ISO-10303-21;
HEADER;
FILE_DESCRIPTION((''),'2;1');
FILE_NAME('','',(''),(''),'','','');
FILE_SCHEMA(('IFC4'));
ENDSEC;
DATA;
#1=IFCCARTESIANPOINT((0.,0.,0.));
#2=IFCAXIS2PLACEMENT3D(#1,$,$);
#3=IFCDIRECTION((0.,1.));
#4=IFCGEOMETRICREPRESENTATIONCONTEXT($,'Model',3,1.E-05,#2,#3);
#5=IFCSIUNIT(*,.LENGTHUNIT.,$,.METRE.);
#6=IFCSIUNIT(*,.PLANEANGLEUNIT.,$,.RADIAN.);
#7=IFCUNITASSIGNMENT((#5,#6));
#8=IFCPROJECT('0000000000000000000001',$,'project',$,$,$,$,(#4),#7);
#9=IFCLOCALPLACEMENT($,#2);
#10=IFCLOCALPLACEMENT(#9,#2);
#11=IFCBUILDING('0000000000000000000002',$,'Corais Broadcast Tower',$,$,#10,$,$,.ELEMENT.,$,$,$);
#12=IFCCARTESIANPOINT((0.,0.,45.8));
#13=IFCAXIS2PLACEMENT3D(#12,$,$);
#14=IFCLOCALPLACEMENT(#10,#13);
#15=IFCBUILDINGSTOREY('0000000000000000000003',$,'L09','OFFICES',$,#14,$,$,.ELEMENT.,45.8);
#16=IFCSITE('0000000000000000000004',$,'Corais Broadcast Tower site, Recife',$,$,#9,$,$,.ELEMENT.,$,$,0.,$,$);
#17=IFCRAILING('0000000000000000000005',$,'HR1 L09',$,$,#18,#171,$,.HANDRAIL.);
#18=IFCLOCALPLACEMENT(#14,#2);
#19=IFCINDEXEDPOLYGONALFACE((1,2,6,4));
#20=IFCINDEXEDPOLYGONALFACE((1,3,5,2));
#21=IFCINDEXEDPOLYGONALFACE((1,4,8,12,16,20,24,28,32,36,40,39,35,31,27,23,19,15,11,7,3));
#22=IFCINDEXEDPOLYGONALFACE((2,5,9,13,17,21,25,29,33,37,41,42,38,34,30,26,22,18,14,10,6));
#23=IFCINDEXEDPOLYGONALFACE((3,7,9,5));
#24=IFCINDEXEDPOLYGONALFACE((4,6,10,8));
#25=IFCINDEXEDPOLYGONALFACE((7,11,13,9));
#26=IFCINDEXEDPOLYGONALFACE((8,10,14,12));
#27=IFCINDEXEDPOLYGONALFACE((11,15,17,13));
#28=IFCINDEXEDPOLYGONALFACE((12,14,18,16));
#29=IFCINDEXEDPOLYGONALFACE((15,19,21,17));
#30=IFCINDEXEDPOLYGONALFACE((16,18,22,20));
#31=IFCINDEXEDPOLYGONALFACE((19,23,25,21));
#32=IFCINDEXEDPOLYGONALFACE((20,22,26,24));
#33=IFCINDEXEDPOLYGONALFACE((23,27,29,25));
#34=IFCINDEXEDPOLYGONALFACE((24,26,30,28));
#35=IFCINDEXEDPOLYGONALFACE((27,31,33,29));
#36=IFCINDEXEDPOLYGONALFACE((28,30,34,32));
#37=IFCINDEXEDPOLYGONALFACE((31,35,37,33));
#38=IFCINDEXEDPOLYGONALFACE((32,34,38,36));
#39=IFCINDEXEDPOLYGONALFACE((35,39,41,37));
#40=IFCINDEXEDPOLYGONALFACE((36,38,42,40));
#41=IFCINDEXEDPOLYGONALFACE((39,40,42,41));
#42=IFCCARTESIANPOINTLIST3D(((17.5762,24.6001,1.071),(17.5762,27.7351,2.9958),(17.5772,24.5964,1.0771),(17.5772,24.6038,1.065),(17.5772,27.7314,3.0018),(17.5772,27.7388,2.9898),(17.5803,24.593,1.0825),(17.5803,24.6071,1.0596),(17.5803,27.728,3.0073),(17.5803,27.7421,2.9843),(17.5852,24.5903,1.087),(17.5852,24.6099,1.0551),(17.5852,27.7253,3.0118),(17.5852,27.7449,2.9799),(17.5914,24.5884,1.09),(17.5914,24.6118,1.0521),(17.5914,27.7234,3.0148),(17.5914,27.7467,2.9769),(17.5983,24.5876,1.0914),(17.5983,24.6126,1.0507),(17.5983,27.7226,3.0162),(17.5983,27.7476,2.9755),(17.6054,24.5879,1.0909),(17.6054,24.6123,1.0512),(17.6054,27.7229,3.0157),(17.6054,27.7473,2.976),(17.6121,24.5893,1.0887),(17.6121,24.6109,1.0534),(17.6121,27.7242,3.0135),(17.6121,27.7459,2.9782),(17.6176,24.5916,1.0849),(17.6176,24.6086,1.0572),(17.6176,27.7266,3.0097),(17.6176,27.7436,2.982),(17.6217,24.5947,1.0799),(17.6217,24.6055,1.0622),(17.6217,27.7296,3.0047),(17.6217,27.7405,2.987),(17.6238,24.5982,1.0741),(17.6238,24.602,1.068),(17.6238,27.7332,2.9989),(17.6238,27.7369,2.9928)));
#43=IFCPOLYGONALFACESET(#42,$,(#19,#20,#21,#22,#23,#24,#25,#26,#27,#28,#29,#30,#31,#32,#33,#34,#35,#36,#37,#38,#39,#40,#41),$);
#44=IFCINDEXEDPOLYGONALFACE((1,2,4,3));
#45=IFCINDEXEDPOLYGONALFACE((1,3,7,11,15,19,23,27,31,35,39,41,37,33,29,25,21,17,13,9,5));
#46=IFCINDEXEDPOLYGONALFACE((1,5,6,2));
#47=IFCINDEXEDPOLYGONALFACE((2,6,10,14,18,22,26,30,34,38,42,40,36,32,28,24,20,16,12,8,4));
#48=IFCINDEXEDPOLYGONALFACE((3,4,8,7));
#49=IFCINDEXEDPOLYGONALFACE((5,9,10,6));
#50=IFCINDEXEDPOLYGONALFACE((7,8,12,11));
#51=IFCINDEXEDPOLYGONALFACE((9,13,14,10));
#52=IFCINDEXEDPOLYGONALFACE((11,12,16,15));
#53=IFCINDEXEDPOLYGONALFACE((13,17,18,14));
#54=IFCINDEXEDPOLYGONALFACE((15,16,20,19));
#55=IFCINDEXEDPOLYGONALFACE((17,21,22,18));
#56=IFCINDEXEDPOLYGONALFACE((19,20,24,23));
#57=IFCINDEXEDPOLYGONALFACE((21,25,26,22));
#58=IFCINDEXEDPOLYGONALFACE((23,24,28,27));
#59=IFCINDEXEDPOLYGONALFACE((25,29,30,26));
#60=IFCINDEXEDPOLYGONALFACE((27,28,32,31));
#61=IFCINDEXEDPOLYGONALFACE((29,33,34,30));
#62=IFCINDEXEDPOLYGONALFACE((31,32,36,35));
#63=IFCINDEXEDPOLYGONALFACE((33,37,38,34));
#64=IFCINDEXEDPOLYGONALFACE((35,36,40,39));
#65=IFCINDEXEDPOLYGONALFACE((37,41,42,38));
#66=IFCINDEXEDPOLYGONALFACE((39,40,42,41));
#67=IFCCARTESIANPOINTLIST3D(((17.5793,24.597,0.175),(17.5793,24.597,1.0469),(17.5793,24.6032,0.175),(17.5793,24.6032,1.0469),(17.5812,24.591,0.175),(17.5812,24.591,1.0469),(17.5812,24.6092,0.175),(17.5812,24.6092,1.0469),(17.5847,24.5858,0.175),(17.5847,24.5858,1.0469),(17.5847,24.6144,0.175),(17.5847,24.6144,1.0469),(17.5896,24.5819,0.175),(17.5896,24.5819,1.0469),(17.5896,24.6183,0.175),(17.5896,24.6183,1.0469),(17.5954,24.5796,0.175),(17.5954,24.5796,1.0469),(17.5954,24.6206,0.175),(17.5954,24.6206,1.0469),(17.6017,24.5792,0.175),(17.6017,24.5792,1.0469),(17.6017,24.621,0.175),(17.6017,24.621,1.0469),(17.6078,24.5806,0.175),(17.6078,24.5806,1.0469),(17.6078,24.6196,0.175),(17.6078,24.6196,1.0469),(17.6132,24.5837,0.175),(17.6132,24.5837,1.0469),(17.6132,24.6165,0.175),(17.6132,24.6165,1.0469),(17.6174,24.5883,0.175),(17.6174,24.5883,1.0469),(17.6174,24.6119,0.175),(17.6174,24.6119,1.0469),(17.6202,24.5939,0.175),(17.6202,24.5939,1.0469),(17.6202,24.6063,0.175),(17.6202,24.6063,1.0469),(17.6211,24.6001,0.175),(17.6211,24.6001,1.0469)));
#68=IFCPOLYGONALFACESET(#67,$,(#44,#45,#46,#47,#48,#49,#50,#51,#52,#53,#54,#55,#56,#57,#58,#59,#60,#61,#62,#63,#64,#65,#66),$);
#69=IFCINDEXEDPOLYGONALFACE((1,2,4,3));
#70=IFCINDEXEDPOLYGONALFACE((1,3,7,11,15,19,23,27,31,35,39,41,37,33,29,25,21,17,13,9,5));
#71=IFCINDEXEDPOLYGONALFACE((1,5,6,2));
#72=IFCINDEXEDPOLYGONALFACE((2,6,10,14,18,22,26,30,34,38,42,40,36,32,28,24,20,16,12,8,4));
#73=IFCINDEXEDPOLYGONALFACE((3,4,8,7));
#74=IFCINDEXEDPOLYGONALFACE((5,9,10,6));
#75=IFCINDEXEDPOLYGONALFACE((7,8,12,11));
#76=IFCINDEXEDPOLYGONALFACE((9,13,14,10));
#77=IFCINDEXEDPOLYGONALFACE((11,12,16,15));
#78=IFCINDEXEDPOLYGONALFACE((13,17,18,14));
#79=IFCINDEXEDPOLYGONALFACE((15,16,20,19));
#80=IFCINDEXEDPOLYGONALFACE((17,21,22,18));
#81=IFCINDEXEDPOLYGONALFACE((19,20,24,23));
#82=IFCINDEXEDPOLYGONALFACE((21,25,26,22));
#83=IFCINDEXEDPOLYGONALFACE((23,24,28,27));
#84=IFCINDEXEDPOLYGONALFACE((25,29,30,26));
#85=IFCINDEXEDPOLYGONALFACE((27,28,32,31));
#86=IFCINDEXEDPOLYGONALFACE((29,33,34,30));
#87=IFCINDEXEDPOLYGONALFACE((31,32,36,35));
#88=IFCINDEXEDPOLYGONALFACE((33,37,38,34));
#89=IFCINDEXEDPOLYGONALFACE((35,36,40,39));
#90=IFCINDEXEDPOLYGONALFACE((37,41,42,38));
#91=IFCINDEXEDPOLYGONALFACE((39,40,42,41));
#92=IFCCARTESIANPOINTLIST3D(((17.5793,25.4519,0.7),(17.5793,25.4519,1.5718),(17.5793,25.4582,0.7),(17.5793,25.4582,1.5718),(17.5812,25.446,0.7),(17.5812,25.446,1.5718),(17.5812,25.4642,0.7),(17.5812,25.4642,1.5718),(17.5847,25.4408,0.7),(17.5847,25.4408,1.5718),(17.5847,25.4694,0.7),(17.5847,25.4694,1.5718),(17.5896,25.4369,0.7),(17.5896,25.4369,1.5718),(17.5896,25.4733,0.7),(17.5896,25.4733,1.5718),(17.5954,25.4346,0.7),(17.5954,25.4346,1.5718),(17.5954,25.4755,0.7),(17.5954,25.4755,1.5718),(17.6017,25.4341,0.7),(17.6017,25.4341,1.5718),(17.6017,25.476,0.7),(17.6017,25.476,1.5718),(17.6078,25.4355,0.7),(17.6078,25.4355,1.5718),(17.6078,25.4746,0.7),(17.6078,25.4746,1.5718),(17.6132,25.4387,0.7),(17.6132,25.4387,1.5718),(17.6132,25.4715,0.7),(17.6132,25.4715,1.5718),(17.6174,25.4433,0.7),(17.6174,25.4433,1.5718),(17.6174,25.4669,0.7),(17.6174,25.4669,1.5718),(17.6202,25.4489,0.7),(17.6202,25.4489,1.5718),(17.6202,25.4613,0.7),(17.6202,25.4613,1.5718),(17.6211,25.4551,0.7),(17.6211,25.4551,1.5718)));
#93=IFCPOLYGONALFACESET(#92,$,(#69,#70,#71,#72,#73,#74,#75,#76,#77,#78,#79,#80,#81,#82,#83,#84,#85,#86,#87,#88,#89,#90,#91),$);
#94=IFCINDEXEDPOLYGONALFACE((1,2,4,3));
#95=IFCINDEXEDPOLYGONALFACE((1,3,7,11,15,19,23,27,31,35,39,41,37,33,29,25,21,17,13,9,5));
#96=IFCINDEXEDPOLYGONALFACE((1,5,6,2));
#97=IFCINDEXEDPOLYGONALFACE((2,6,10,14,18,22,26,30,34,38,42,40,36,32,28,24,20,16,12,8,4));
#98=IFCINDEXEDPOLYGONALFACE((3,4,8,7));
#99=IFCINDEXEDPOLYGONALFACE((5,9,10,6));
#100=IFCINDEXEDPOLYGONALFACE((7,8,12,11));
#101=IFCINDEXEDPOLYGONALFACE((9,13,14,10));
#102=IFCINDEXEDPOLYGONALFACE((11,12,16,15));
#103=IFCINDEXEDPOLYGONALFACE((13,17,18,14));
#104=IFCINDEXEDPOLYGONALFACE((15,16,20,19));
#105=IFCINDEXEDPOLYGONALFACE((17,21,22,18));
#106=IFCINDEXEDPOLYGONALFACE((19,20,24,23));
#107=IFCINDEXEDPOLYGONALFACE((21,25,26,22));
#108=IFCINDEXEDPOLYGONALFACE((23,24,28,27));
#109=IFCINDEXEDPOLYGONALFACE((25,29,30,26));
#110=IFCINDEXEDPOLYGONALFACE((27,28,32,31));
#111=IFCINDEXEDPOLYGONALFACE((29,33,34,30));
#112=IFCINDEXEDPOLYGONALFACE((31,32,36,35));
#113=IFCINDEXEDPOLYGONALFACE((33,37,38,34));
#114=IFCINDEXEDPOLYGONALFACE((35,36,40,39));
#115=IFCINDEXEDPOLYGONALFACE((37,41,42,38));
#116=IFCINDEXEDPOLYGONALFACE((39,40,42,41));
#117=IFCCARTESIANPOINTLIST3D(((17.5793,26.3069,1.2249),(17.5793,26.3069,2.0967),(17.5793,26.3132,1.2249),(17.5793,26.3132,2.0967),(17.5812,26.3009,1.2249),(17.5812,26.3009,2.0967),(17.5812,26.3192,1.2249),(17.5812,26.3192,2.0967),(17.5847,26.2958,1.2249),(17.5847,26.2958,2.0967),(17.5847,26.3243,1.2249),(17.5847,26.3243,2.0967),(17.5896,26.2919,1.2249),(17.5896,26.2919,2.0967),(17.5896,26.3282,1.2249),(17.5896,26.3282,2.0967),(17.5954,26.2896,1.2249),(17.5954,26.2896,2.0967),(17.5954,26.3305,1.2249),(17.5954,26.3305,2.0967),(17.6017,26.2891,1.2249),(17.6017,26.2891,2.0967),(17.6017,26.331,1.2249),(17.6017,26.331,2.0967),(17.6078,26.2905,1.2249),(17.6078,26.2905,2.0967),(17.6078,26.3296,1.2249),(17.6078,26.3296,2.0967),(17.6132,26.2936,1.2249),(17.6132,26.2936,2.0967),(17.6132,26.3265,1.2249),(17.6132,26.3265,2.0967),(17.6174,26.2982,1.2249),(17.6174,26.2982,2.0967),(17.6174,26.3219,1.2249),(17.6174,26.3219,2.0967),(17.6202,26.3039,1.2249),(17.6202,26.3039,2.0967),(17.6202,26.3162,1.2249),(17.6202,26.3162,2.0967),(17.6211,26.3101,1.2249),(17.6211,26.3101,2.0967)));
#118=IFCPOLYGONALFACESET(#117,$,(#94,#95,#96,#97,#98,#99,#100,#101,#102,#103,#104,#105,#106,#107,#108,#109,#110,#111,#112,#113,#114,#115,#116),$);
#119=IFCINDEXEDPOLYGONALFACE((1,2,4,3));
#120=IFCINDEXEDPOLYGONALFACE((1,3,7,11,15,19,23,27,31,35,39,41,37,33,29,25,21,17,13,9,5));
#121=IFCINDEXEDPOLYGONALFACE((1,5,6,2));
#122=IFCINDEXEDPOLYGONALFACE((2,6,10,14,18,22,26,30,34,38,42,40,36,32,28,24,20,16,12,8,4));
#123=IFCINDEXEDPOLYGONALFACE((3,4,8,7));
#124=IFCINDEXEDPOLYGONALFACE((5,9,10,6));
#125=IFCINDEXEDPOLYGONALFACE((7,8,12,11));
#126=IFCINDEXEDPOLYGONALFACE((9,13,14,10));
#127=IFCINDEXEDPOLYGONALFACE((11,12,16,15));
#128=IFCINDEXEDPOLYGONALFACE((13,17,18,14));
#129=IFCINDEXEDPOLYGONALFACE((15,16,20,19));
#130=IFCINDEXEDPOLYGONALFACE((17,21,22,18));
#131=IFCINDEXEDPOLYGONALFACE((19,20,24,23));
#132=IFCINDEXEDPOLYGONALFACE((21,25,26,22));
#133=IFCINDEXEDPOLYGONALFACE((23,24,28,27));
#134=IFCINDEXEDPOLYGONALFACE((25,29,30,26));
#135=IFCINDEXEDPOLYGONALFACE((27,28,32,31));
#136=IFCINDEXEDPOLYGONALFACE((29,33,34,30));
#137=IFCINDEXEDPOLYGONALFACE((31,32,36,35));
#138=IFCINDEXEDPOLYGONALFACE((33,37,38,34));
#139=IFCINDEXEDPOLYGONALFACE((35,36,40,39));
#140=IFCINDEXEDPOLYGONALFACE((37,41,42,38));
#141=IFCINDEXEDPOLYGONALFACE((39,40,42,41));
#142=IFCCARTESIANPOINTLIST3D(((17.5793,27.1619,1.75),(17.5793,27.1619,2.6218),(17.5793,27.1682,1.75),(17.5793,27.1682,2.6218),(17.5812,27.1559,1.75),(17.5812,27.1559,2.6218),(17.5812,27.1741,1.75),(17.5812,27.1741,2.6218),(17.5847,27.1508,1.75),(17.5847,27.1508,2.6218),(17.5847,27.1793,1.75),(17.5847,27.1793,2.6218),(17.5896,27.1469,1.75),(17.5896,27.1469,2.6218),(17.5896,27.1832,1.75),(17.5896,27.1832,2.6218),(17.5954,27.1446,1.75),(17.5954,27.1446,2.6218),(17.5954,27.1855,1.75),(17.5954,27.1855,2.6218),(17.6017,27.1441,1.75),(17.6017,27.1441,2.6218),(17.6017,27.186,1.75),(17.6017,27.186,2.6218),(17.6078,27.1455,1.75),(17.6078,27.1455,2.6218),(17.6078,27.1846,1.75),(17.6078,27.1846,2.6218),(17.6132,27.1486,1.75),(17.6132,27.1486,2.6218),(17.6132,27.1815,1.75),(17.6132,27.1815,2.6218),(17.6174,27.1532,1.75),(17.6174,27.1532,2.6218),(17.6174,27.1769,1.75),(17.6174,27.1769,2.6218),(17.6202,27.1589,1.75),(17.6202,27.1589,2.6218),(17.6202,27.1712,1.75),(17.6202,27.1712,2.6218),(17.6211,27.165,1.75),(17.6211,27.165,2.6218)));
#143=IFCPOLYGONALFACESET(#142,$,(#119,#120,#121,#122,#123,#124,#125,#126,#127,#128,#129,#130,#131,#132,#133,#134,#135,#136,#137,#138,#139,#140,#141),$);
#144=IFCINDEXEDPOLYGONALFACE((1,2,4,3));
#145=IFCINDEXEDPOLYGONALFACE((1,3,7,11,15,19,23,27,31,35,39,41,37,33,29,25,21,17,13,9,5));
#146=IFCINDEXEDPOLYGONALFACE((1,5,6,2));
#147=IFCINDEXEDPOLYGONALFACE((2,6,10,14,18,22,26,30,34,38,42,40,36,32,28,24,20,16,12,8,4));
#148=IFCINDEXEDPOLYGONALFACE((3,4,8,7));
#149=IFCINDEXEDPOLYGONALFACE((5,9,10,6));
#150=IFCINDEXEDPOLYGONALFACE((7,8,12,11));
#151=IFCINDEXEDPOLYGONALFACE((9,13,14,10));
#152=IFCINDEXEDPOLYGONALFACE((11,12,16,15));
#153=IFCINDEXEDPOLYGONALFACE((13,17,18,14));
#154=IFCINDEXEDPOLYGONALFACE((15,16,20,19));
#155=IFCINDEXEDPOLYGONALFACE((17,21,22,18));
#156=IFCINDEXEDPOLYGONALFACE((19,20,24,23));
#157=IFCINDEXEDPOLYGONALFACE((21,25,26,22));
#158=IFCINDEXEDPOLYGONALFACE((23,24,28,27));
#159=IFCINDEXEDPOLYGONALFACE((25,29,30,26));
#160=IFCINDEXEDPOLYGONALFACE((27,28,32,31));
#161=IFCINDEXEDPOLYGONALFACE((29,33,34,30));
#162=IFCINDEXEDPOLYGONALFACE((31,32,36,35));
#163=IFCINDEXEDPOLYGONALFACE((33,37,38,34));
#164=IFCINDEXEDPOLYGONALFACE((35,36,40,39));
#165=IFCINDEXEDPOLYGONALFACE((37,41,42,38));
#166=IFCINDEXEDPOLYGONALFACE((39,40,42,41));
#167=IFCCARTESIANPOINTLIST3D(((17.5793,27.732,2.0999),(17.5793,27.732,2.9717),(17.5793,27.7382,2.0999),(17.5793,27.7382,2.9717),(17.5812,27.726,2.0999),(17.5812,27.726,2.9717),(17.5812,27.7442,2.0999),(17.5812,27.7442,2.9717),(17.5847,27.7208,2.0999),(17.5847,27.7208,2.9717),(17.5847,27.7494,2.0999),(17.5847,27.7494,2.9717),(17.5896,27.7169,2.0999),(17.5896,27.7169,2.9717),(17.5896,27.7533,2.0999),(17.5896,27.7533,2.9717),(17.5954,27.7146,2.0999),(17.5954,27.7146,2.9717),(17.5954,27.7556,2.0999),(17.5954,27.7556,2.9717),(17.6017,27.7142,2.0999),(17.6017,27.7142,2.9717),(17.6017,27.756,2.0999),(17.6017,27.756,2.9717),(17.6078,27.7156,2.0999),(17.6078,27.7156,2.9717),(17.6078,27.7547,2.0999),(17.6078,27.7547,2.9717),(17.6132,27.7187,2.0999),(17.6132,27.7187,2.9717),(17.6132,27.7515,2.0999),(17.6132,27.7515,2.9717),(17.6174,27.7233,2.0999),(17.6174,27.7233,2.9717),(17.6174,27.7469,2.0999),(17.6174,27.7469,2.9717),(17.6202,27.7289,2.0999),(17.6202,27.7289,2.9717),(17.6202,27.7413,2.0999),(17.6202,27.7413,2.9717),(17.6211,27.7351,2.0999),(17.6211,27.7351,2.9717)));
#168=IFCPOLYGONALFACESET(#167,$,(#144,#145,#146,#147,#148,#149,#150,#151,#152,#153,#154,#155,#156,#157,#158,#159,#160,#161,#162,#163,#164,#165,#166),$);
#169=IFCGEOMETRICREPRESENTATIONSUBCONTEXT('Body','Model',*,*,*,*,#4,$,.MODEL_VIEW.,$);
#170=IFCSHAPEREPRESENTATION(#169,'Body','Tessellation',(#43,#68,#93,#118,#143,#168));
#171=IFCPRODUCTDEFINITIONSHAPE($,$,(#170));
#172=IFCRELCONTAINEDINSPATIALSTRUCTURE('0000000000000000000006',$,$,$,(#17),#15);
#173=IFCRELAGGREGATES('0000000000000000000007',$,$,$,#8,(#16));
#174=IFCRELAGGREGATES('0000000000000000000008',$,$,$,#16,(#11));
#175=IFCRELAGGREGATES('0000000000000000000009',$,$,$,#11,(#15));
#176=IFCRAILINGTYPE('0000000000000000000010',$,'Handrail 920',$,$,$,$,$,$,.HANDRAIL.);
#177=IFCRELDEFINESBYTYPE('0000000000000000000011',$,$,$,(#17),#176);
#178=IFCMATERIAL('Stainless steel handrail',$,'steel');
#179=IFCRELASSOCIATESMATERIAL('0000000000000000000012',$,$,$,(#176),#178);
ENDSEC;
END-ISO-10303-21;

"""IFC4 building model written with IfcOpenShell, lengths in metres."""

from ifc_helpers import new_model, si_unit, direction, frame, origin, origin_2d, place, context, subcontext, project, spatial, circle, extrude, material, type_object, element, save


model = new_model("IFC4")

# Units and contexts
model_context = context("Model", 3, precision=1e-05, world=origin(), true_north=direction((0.0, 1.0)))
body_context = subcontext(model_context, "Body", "Model", "MODEL_VIEW")
ifc_project = project(units=[si_unit("LENGTHUNIT", "METRE"), si_unit("PLANEANGLEUNIT", "RADIAN")], contexts=[model_context])

# Site, building, storey
site_placement = place(None, origin())
site = spatial("IfcSite", under=ifc_project, at=site_placement, Name="Corais Broadcast Tower site, Recife", CompositionType="ELEMENT", RefElevation=0.0)
building_placement = place(site_placement, origin())
building = spatial("IfcBuilding", under=site, at=building_placement, Name="Corais Broadcast Tower", CompositionType="ELEMENT")
storey_placement = place(building_placement, frame((0.0, 0.0, 45.8)))
storey = spatial("IfcBuildingStorey", under=building, at=storey_placement, Name="L09", Description="OFFICES", CompositionType="ELEMENT", Elevation=45.8)

# Railing
ifc_material_1 = material(Name="Stainless steel handrail", Category="steel")
railing_type = type_object("IfcRailingType", Name="Handrail 920", PredefinedType="HANDRAIL", material=ifc_material_1)
railing_placement = place(storey_placement, frame((17.6001, 24.6001, 0.175)))
element("IfcRailing", 1, at=railing_placement, inside=storey, type_object=railing_type, Name="HR1 L09", PredefinedType="HANDRAIL", context=body_context, shape_type="SweptSolid", body=[
    extrude(circle(Radius=0.0239, at=origin_2d()), frame((0.0, 0.0, 0.896), z_axis=(0.0, 0.852196, 0.523223), x_axis=(-1.0, 0.0, 0.0)), (0.0, 0.0, 1.0), 3.6787),
    extrude(circle(Radius=0.021, at=origin_2d()), origin(), (0.0, 0.0, 1.0), 0.8718),
    extrude(circle(Radius=0.021, at=origin_2d()), frame((0.0, 0.855, 0.5249)), (0.0, 0.0, 1.0), 0.8718),
    extrude(circle(Radius=0.021, at=origin_2d()), frame((0.0, 1.71, 1.0498)), (0.0, 0.0, 1.0), 0.8718),
    extrude(circle(Radius=0.021, at=origin_2d()), frame((0.0, 2.5649, 1.575)), (0.0, 0.0, 1.0), 0.8718),
    extrude(circle(Radius=0.021, at=origin_2d()), frame((0.0, 3.135, 1.9248)), (0.0, 0.0, 1.0), 0.8718),
])

save(model, "model.ifc")
